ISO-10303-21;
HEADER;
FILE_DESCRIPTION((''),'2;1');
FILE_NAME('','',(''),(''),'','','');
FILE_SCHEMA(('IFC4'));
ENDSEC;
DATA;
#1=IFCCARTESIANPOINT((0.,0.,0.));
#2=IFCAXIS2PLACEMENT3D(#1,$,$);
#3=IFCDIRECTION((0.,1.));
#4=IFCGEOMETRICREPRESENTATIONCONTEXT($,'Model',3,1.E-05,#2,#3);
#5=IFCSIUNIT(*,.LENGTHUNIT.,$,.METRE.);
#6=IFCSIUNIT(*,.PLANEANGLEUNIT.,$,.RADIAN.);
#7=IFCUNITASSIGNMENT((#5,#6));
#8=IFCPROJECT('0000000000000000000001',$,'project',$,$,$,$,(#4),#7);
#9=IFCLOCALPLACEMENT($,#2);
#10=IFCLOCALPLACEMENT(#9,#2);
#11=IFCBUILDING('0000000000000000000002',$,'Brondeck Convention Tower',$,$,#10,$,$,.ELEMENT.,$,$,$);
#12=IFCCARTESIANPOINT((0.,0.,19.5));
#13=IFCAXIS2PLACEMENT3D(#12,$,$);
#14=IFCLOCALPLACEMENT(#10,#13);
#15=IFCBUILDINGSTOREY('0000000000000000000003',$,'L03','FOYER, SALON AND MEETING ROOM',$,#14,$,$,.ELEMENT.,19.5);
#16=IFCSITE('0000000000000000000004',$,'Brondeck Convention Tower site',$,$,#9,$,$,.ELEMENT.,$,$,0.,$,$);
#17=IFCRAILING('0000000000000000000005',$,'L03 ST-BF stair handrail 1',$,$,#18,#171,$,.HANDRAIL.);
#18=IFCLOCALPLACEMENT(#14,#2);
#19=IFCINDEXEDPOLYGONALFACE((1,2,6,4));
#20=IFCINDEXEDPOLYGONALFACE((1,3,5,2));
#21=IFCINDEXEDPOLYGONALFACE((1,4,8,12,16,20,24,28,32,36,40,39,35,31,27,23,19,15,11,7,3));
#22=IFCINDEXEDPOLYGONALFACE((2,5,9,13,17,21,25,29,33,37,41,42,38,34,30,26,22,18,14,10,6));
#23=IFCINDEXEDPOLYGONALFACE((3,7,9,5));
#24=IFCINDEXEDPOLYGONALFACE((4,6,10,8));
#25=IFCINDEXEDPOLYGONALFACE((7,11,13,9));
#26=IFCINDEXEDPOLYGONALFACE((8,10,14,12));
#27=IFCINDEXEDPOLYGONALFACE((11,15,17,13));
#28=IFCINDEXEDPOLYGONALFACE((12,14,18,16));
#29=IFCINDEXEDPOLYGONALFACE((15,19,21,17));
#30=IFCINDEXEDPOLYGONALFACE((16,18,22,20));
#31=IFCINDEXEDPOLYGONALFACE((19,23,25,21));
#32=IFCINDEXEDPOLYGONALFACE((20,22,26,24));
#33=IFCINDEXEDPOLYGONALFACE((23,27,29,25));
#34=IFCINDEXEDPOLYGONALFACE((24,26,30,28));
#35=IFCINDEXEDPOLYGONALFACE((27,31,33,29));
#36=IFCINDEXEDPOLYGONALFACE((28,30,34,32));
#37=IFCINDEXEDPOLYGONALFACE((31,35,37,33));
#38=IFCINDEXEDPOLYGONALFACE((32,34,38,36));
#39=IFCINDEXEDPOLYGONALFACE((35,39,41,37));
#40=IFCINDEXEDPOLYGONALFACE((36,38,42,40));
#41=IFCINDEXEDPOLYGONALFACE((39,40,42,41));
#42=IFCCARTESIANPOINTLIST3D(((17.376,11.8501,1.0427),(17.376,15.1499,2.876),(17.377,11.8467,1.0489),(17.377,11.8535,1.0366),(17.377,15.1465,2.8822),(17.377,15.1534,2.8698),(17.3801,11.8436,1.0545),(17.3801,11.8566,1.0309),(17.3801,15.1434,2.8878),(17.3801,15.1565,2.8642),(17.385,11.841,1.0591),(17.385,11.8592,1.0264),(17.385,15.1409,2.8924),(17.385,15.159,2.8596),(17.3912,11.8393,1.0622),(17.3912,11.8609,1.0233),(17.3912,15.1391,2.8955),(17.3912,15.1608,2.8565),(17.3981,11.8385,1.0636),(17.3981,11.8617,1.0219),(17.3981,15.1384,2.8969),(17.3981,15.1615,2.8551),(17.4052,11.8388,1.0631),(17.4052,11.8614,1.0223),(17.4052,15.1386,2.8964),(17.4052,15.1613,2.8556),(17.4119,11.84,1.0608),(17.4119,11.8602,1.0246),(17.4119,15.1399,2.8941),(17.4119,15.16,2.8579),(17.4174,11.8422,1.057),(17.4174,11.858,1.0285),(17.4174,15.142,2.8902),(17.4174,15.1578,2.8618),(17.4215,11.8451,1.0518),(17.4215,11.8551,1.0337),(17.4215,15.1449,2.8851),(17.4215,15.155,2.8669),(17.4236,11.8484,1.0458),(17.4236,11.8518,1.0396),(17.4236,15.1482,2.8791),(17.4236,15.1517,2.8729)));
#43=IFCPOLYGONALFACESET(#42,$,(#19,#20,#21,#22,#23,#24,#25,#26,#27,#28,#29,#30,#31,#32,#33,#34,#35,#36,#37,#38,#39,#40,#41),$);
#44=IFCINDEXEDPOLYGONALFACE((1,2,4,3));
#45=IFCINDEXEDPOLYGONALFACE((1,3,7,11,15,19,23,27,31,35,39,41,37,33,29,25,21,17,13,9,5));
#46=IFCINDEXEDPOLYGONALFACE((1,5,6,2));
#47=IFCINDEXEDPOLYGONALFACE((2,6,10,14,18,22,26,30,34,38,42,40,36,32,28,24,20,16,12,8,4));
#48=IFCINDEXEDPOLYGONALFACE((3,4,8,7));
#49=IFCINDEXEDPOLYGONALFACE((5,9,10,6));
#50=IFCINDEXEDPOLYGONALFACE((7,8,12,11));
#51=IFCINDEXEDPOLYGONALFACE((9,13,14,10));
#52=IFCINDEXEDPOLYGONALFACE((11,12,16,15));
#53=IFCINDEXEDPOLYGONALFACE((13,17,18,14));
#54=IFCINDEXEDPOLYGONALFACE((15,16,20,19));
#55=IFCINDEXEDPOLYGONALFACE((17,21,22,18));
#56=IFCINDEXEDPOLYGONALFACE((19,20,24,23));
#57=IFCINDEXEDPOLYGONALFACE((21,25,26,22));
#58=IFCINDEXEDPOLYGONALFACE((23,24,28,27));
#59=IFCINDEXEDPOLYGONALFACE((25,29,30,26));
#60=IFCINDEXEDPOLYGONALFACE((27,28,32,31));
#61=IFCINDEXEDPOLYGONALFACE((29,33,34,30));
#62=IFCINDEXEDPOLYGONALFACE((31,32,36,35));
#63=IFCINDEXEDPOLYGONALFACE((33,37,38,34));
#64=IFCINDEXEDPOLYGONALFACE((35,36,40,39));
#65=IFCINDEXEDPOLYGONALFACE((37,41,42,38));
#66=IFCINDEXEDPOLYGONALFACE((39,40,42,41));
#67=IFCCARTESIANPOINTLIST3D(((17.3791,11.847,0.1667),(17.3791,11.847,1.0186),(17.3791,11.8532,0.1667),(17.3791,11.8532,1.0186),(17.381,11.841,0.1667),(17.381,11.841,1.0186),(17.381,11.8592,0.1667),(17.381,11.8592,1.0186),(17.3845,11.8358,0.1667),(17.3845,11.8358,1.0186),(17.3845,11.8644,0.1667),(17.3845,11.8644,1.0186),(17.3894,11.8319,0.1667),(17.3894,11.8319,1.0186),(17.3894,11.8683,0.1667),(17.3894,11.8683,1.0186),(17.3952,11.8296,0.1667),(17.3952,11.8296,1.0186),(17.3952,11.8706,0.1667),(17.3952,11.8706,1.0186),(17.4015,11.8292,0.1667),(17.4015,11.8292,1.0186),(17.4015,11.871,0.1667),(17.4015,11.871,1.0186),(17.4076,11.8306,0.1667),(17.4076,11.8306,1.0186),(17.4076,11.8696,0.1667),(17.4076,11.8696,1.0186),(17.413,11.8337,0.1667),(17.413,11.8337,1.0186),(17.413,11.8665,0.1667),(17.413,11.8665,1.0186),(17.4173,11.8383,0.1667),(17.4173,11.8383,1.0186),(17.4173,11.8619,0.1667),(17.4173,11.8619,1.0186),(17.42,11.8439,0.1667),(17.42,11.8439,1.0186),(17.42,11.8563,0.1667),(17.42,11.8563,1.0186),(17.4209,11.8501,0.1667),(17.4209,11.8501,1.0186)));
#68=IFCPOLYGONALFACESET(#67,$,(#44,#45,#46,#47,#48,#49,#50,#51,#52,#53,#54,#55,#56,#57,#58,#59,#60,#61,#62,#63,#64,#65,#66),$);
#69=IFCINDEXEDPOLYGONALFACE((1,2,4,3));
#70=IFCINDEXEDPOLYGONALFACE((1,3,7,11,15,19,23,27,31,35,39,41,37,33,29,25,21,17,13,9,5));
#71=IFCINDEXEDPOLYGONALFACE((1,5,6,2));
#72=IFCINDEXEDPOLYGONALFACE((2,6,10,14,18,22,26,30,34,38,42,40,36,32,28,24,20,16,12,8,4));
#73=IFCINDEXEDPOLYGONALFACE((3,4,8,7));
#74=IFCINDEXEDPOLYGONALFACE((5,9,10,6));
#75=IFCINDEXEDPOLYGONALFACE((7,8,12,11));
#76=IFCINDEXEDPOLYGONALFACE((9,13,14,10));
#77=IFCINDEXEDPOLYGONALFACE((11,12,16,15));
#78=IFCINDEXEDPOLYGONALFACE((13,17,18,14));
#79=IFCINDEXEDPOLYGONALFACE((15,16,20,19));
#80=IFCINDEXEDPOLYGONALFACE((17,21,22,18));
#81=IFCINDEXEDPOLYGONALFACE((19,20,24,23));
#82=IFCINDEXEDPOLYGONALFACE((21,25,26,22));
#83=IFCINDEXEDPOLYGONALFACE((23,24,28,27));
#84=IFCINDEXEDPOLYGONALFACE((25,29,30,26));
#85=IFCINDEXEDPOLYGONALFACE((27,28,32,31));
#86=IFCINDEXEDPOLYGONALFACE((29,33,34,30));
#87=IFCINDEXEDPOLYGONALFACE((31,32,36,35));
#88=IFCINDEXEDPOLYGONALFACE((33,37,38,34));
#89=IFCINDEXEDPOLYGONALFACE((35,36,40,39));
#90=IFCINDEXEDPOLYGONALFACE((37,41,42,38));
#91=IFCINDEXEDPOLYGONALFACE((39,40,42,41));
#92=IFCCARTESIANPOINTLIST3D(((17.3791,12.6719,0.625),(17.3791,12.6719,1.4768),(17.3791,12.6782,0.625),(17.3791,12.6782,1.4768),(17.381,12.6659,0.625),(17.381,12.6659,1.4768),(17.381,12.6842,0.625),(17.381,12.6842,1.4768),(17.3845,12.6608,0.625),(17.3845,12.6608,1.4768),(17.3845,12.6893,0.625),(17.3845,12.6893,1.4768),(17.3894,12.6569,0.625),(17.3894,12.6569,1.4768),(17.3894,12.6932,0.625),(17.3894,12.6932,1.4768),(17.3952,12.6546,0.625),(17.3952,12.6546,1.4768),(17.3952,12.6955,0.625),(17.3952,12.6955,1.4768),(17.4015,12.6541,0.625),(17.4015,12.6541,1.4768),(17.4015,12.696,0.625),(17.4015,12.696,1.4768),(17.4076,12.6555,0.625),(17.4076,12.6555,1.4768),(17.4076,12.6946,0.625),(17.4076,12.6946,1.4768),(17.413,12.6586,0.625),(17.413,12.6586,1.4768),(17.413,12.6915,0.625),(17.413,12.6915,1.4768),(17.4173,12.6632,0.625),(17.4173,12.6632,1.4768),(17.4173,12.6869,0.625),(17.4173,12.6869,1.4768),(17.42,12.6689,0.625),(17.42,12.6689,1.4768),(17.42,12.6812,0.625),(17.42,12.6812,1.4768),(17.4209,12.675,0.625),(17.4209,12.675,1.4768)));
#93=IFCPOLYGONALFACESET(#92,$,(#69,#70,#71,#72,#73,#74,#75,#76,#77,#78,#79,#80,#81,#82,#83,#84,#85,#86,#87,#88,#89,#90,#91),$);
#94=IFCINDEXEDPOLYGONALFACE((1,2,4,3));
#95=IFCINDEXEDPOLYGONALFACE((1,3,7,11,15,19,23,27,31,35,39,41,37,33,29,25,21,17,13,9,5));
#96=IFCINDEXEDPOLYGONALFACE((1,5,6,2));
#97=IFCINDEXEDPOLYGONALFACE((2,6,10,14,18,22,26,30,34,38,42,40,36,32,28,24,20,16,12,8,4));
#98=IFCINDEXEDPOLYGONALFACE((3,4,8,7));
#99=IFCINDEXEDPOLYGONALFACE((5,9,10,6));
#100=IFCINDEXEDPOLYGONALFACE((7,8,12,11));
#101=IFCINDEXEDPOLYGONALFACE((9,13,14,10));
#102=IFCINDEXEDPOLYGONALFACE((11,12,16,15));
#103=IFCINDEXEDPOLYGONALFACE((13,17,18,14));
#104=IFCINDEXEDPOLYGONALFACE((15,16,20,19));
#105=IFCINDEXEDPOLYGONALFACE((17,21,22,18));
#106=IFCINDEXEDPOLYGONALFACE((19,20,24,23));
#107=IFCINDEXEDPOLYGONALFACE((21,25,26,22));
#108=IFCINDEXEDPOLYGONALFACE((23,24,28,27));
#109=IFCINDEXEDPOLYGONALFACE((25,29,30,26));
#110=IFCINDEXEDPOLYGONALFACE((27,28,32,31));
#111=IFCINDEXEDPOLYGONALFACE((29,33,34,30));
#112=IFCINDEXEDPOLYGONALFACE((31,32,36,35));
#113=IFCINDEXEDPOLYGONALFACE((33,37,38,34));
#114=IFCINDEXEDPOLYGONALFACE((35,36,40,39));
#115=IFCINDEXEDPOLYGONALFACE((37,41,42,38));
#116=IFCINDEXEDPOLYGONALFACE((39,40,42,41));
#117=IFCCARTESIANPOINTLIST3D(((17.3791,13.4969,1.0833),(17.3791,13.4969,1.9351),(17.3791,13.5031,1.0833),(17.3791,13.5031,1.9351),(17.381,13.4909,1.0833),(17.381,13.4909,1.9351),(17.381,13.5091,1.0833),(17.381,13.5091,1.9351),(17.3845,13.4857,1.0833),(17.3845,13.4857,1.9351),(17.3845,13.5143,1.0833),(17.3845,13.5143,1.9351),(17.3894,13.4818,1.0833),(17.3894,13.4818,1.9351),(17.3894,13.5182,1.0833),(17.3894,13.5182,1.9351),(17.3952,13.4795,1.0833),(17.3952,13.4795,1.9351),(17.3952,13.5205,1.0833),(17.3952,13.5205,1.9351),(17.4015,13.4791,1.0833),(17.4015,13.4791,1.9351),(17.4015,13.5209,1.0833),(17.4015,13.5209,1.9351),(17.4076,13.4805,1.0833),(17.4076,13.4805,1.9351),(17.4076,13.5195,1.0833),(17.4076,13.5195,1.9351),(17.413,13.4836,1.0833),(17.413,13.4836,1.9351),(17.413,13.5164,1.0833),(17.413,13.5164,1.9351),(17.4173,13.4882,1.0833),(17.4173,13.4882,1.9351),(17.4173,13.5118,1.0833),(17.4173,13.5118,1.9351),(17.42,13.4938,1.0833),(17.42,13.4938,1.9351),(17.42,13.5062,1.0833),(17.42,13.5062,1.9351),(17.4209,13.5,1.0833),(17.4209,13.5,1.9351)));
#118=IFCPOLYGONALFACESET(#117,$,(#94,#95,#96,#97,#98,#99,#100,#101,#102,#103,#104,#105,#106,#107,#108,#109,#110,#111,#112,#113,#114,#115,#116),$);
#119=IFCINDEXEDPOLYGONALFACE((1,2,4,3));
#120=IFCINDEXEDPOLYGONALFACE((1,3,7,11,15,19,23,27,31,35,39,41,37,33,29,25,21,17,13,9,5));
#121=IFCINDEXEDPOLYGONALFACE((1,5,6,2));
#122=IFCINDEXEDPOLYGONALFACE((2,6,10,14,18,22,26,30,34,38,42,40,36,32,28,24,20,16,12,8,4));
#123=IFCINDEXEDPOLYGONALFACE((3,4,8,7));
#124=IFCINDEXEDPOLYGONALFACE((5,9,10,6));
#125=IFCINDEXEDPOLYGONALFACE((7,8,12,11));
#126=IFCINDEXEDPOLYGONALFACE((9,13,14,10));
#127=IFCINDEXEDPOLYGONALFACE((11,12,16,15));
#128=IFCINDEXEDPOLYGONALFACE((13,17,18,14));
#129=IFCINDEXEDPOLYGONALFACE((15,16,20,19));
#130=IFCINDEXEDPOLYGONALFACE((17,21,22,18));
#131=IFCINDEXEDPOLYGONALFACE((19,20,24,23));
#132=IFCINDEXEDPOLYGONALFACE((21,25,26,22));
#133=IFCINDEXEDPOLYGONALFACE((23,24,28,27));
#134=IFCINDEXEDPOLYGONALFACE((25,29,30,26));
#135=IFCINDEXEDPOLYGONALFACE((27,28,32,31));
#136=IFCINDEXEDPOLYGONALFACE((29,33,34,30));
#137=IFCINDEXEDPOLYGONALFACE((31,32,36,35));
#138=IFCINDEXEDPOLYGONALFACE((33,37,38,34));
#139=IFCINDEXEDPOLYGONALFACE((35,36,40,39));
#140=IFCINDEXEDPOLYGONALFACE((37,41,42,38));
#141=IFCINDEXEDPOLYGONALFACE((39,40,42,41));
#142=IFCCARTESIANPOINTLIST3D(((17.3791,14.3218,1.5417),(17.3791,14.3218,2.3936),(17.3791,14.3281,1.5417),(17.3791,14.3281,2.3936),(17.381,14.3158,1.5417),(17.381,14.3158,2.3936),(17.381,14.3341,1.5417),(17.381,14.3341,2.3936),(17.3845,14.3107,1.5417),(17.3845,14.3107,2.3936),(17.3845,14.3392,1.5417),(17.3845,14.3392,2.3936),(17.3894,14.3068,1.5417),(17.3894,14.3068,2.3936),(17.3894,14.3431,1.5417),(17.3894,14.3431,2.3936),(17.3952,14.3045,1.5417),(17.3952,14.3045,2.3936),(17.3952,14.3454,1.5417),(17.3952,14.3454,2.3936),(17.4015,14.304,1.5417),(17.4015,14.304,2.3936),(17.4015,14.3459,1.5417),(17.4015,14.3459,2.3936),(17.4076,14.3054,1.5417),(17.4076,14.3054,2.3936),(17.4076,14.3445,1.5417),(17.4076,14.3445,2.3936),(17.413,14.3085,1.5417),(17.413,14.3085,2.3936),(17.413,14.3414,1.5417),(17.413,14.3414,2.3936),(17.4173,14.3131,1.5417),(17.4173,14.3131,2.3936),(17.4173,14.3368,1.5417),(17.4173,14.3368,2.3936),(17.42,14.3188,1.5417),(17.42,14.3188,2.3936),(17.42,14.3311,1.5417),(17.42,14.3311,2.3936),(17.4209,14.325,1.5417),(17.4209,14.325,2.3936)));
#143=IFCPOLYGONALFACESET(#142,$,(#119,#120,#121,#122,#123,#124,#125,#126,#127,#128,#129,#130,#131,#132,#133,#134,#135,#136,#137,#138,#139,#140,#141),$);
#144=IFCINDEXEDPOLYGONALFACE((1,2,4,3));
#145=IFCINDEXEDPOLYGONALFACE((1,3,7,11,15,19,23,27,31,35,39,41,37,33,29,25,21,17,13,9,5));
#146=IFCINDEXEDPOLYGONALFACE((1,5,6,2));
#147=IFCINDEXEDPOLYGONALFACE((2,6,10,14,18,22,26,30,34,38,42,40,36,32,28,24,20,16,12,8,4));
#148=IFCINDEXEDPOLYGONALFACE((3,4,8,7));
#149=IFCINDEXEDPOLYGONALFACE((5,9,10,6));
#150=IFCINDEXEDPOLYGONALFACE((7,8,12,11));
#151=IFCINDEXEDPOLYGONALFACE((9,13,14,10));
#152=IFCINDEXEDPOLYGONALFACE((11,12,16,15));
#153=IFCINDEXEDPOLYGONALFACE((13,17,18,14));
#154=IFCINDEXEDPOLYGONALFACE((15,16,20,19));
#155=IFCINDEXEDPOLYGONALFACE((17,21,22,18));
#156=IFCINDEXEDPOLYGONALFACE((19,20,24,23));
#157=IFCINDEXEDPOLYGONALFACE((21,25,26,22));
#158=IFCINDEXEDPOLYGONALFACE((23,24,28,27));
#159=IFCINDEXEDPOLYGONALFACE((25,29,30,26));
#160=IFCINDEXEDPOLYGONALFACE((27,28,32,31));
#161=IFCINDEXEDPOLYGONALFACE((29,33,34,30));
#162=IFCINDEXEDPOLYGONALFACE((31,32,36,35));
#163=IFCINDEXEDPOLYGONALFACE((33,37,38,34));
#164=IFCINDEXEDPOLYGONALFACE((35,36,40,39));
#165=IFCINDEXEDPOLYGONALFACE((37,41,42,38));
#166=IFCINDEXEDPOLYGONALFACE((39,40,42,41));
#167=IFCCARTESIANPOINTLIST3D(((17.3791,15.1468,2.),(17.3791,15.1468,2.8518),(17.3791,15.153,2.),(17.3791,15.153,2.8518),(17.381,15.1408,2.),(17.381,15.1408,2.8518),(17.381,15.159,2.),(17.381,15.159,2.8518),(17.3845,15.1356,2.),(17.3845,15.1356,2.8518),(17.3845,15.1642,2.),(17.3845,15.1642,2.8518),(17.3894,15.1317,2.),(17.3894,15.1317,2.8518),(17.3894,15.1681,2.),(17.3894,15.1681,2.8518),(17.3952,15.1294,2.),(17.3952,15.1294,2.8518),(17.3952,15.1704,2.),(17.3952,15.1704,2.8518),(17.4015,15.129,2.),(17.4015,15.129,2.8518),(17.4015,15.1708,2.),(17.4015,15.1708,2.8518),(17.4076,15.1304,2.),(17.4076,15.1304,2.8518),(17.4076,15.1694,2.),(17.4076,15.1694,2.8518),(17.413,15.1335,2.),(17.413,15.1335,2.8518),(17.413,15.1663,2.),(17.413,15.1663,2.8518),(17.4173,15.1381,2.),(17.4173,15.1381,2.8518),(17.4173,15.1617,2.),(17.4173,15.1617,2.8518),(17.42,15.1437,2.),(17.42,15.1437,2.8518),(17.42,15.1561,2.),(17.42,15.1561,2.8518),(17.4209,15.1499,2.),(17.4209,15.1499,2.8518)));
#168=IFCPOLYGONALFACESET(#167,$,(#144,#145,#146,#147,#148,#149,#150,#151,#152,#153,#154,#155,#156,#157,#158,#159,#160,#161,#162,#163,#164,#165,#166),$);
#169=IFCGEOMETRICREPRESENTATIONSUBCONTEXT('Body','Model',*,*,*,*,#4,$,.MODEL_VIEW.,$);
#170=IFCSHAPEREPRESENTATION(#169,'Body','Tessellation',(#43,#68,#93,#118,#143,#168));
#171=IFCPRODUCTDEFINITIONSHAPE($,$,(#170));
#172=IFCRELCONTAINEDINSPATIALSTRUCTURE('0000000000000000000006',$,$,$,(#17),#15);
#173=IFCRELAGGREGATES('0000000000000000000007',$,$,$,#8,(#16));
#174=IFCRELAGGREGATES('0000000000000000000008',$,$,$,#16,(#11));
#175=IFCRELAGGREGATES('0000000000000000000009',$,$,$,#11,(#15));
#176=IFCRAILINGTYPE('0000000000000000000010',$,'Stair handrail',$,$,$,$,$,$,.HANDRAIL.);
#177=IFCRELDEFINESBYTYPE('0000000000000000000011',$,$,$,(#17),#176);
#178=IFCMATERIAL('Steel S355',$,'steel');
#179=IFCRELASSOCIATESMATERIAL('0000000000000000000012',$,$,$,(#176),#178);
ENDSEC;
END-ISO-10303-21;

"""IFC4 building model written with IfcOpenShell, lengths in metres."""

from ifc_helpers import new_model, si_unit, direction, frame, origin, origin_2d, place, context, subcontext, project, spatial, circle, extrude, material, type_object, element, save


model = new_model("IFC4")

# Units and contexts
model_context = context("Model", 3, precision=1e-05, world=origin(), true_north=direction((0.0, 1.0)))
body_context = subcontext(model_context, "Body", "Model", "MODEL_VIEW")
ifc_project = project(units=[si_unit("LENGTHUNIT", "METRE"), si_unit("PLANEANGLEUNIT", "RADIAN")], contexts=[model_context])

# Site, building, storey
site_placement = place(None, origin())
site = spatial("IfcSite", under=ifc_project, at=site_placement, Name="Brondeck Convention Tower site", CompositionType="ELEMENT", RefElevation=0.0)
building_placement = place(site_placement, origin())
building = spatial("IfcBuilding", under=site, at=building_placement, Name="Brondeck Convention Tower", CompositionType="ELEMENT")
storey_placement = place(building_placement, frame((0.0, 0.0, 19.5)))
storey = spatial("IfcBuildingStorey", under=building, at=storey_placement, Name="L03", Description="FOYER, SALON AND MEETING ROOM", CompositionType="ELEMENT", Elevation=19.5)

# Shared definitions
ifc_material_1 = material(Name="Steel S355", Category="steel")

# Railing
railing_type_1 = type_object("IfcRailingType", Name="Stair handrail", PredefinedType="HANDRAIL", material=ifc_material_1)
railing_1_placement = place(storey_placement, frame((17.3999, 11.8501, 0.1667)))
element("IfcRailing", 1, at=railing_1_placement, inside=storey, type_object=railing_type_1, Name="L03 ST-BF stair handrail 1", PredefinedType="HANDRAIL", context=body_context, shape_type="SweptSolid", body=[
    extrude(circle(Radius=0.0239, at=origin_2d()), frame((0.0, 0.0, 0.876), z_axis=(0.0, 0.874154, 0.485648), x_axis=(-1.0, 0.0, 0.0)), (0.0, 0.0, 1.0), 3.7749),
    extrude(circle(Radius=0.021, at=origin_2d()), origin(), (0.0, 0.0, 1.0), 0.8518),
    extrude(circle(Radius=0.021, at=origin_2d()), frame((0.0, 0.825, 0.4583)), (0.0, 0.0, 1.0), 0.8518),
    extrude(circle(Radius=0.021, at=origin_2d()), frame((0.0, 1.6499, 0.9165)), (0.0, 0.0, 1.0), 0.8518),
    extrude(circle(Radius=0.021, at=origin_2d()), frame((0.0, 2.4749, 1.375)), (0.0, 0.0, 1.0), 0.8518),
    extrude(circle(Radius=0.021, at=origin_2d()), frame((0.0, 3.2998, 1.8333)), (0.0, 0.0, 1.0), 0.8518),
])

save(model, "model.ifc")
